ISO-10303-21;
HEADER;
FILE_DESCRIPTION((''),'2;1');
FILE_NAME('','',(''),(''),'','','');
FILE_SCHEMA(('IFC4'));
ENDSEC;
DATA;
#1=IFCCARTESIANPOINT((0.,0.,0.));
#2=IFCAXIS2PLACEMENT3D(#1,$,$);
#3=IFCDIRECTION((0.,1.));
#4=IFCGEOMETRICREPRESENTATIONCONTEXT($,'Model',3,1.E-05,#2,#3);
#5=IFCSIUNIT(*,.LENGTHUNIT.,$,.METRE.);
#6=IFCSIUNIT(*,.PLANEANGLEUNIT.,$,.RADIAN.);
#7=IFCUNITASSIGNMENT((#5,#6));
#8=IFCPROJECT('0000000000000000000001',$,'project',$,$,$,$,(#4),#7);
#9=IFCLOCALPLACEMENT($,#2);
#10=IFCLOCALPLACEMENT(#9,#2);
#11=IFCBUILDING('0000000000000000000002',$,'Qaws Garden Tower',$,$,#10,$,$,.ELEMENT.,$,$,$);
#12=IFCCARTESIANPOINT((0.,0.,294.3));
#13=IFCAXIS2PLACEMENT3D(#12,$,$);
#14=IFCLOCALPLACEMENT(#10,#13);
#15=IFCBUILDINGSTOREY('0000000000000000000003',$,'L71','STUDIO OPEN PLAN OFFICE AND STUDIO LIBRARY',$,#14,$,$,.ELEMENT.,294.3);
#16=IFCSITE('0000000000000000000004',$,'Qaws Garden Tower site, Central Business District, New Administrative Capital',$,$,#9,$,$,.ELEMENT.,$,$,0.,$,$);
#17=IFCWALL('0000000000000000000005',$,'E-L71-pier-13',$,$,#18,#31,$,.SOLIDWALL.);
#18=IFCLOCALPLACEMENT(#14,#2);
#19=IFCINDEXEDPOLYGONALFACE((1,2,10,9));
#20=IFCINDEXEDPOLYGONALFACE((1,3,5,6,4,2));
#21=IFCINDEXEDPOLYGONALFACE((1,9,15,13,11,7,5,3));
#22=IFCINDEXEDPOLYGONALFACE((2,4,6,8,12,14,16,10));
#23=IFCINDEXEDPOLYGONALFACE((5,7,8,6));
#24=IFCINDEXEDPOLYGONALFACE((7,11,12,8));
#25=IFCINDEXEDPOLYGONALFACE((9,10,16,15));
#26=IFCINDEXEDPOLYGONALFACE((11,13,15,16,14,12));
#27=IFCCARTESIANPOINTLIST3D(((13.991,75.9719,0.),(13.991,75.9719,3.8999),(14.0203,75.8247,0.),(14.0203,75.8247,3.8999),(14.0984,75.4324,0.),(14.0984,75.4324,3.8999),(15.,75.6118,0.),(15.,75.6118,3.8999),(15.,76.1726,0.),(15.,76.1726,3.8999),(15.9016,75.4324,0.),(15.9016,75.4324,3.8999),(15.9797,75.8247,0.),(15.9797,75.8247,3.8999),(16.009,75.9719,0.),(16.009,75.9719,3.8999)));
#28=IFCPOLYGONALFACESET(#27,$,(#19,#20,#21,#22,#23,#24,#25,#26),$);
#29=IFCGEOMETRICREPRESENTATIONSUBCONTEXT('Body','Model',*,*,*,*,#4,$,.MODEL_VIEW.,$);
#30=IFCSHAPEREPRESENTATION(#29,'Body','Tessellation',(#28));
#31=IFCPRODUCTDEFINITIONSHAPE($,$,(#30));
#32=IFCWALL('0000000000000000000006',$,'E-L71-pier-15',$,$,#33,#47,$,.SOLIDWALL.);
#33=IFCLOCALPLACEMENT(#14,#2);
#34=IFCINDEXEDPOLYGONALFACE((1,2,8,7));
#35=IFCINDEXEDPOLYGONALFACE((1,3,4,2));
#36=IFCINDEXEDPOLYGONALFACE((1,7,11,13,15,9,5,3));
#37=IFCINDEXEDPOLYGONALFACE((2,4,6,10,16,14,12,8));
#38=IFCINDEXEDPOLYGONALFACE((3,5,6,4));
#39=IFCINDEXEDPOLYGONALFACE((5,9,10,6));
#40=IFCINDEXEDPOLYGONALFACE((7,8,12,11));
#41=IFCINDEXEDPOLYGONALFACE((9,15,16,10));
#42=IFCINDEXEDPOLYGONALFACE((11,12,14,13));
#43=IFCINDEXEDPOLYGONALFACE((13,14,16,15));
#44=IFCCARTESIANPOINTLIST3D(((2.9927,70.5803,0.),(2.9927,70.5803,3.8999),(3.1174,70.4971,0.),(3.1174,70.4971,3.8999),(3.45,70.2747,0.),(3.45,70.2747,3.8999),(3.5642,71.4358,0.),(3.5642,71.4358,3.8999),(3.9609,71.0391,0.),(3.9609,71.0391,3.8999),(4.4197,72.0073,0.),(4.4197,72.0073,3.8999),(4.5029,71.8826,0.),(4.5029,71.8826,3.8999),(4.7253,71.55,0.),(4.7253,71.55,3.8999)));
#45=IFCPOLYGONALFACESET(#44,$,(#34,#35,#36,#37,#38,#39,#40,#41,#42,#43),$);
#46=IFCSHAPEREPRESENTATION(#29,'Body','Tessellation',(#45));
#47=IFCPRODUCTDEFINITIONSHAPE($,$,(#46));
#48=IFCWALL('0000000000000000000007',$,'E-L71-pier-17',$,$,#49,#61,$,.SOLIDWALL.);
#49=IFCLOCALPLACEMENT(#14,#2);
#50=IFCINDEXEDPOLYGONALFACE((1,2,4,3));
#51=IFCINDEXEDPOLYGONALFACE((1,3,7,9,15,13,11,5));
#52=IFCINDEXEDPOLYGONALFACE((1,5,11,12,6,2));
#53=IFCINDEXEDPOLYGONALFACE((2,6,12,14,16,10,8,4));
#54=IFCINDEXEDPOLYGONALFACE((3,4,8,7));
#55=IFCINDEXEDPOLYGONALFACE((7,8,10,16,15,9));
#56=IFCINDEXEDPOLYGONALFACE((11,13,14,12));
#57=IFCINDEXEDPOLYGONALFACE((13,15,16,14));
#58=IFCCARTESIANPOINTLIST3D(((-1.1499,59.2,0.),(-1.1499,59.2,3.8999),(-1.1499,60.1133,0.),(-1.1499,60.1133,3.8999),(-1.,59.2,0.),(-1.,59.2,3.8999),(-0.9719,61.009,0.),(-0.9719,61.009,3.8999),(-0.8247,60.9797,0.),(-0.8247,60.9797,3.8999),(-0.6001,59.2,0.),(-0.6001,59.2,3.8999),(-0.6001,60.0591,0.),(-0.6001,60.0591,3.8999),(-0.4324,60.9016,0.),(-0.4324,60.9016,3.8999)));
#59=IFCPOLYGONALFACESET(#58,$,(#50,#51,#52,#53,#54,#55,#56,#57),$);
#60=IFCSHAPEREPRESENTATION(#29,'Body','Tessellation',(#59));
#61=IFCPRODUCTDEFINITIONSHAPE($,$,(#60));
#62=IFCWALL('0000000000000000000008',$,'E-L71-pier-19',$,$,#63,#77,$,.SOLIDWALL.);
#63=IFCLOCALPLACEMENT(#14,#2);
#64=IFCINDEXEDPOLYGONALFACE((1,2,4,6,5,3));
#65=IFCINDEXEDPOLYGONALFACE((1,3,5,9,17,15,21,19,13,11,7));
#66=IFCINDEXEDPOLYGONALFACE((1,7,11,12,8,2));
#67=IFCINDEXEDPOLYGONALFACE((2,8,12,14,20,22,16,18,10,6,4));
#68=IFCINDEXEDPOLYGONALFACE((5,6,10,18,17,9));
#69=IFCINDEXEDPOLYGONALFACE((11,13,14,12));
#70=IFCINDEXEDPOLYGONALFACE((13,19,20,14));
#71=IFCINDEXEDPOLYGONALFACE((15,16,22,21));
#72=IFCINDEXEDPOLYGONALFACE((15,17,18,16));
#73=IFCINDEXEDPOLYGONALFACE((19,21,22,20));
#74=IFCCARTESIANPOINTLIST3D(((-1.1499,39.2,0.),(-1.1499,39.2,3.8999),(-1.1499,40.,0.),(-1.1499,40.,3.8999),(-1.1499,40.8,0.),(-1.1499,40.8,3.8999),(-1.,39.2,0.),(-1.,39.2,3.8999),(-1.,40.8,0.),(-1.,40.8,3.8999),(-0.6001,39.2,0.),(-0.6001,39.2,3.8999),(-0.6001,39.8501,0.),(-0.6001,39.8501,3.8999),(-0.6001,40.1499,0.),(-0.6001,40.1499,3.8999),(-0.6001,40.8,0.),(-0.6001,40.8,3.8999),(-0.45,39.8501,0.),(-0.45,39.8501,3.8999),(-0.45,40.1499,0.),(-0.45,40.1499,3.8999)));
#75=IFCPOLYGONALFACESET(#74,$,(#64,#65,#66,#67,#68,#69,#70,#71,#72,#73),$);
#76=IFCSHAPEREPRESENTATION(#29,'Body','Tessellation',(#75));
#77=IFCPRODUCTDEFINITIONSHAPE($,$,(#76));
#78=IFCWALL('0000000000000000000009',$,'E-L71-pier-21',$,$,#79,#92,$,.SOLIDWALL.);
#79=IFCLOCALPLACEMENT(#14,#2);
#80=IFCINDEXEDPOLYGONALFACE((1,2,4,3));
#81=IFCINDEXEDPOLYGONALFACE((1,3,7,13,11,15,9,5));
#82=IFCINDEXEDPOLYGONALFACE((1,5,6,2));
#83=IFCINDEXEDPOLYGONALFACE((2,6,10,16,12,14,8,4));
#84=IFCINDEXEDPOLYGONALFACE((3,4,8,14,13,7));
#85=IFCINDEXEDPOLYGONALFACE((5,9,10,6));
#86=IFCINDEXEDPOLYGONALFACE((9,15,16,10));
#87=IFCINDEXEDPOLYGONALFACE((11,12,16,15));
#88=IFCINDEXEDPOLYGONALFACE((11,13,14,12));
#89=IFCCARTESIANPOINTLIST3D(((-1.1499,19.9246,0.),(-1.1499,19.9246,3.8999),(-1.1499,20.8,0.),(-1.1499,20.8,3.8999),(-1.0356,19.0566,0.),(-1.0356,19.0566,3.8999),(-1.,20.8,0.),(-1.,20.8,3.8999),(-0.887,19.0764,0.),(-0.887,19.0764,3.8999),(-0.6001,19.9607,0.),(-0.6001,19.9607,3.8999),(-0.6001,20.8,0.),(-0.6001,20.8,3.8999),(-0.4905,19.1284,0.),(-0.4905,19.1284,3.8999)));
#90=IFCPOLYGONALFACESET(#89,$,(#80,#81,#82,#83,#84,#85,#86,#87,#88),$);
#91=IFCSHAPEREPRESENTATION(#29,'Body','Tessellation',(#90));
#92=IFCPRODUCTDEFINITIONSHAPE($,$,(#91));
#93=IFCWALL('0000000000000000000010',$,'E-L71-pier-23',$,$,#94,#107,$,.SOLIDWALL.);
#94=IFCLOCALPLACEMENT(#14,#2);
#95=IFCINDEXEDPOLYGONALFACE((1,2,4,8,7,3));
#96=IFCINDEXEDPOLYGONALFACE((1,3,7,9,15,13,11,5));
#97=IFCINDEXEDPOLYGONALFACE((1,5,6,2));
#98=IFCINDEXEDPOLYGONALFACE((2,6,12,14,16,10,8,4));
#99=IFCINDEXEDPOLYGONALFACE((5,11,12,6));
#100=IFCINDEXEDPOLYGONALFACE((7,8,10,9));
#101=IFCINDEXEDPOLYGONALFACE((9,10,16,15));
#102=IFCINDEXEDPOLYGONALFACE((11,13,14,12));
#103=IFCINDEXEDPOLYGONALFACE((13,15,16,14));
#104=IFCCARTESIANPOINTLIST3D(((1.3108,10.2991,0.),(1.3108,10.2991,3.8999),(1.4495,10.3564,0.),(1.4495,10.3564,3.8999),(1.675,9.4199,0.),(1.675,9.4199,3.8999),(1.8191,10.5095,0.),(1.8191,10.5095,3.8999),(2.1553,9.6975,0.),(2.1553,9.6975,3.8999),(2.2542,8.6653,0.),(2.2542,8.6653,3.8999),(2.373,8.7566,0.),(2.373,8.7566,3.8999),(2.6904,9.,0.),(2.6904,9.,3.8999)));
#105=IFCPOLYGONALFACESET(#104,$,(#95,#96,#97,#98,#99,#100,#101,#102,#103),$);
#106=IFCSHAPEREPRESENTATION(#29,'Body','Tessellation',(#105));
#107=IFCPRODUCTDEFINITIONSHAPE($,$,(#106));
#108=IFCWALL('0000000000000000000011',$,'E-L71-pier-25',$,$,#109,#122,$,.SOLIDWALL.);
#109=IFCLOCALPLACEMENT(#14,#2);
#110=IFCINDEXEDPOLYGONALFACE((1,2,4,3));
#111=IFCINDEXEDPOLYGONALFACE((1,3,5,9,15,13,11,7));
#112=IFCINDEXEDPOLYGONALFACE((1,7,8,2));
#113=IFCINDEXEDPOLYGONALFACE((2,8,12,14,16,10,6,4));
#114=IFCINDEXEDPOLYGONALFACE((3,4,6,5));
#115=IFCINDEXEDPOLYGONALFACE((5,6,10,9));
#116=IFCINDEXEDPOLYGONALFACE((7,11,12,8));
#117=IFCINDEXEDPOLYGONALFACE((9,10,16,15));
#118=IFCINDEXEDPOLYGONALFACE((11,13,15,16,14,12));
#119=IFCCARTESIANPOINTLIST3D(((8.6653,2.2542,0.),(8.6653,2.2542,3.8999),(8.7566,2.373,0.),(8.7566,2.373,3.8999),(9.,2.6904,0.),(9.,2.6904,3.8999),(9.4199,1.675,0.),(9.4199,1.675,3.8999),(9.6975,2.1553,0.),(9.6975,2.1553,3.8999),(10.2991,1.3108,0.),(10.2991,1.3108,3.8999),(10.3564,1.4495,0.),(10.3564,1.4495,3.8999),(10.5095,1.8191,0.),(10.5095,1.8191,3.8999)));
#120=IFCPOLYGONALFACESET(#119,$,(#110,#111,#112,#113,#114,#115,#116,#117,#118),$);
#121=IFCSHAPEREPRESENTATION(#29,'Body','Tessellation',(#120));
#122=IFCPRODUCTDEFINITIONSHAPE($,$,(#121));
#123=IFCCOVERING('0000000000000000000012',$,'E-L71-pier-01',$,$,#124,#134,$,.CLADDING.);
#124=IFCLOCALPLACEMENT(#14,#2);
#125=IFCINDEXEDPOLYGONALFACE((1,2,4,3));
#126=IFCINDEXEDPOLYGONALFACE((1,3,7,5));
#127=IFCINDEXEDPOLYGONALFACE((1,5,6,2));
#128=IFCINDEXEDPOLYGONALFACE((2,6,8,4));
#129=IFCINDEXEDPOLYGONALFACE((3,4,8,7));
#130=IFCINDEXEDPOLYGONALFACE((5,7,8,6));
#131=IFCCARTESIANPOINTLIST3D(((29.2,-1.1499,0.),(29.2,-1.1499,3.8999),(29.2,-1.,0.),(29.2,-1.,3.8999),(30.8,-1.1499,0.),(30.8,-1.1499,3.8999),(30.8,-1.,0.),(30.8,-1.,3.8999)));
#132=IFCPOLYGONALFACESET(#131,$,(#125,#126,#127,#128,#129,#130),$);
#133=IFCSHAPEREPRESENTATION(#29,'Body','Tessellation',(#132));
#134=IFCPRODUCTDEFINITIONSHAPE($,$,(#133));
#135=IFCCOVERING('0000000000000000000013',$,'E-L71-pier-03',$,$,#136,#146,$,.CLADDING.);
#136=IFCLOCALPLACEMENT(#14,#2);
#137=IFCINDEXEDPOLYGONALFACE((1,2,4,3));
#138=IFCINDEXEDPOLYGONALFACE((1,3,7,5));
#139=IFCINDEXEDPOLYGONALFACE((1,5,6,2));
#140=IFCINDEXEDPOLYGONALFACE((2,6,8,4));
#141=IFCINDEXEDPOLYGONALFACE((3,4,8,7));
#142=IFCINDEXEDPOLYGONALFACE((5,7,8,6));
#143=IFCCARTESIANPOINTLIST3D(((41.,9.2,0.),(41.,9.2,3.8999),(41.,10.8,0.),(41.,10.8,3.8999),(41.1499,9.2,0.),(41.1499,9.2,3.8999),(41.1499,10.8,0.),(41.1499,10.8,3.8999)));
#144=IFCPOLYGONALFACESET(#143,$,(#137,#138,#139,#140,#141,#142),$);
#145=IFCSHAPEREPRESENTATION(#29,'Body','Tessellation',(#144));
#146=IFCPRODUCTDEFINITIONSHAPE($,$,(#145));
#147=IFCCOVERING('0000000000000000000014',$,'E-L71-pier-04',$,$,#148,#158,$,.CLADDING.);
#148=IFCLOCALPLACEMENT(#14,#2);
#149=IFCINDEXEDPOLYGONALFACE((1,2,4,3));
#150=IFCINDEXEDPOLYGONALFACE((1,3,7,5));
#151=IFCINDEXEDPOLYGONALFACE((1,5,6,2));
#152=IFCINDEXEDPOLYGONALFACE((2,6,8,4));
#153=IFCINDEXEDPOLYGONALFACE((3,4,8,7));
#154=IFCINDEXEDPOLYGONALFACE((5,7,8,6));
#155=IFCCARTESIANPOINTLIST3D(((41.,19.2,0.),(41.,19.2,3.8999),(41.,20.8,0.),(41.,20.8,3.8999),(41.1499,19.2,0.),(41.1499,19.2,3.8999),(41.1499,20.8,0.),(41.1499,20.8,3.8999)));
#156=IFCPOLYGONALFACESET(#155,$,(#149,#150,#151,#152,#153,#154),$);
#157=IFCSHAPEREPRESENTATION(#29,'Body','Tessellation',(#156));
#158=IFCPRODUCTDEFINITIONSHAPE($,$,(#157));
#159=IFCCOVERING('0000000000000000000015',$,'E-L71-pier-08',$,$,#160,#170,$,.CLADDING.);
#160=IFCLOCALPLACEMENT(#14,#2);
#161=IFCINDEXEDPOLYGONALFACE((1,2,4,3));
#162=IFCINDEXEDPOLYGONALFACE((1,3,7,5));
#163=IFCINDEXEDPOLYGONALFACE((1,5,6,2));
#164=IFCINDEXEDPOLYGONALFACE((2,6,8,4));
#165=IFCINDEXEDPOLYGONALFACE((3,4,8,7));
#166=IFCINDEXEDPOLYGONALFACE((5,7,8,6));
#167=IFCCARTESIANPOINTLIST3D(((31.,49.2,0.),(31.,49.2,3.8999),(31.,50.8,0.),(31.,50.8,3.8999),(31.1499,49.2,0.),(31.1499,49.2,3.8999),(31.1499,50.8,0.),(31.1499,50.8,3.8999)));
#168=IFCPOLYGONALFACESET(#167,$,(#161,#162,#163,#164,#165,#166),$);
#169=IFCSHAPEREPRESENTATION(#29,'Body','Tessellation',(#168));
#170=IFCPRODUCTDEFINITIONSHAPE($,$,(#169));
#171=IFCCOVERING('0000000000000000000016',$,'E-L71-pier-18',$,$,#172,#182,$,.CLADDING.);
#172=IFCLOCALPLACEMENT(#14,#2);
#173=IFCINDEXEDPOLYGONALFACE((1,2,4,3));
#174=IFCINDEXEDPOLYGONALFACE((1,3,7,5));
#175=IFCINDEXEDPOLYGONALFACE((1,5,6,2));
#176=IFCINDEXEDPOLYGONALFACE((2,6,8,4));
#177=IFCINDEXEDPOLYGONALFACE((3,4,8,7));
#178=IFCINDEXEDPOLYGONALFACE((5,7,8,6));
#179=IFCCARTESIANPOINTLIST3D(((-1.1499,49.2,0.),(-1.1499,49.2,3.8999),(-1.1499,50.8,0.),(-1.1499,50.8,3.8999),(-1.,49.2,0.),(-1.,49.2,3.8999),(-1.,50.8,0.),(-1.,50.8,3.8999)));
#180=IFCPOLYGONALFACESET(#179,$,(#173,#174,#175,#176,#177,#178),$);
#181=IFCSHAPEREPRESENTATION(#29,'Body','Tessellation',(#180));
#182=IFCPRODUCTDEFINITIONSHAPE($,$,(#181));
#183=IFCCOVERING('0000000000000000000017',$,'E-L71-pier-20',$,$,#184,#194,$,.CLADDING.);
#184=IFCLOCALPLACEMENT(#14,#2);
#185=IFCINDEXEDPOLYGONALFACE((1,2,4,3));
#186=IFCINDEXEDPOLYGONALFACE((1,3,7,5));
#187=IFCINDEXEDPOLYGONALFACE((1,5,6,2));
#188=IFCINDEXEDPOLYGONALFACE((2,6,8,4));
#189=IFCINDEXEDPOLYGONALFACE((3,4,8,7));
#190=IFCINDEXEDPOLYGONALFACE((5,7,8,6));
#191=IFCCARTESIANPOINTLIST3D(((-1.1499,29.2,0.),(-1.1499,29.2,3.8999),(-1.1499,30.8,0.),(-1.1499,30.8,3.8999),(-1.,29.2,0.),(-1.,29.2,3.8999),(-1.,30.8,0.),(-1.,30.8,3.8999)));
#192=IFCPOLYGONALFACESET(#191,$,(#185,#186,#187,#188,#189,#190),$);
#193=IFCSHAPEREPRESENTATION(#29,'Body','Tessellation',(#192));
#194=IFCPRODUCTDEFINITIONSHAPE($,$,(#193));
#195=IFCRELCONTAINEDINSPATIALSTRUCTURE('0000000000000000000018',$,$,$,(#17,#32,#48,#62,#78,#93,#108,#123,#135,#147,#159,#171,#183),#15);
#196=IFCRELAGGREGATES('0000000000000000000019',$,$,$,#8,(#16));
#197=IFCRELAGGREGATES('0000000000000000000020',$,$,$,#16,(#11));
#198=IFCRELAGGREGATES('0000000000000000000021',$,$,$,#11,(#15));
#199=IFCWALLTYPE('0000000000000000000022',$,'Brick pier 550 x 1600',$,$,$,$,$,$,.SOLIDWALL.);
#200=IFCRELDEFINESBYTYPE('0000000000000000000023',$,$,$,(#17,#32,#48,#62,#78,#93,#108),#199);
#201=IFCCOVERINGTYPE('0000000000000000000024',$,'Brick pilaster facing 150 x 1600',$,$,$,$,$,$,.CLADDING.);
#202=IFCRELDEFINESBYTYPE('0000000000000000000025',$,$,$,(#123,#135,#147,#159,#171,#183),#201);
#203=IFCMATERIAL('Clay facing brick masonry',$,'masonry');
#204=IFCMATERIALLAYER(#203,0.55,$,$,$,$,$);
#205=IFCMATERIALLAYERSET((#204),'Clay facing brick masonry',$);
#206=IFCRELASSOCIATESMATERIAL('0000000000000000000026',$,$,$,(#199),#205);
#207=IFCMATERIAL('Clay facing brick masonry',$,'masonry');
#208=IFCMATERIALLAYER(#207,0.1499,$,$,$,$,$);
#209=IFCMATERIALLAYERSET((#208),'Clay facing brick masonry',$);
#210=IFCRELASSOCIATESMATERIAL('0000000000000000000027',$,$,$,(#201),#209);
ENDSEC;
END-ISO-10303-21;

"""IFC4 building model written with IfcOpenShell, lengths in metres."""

from ifc_helpers import new_model, si_unit, direction, frame, origin, place, context, subcontext, project, spatial, polyline, outline, extrude, material, layer, layer_set, type_object, element, save


model = new_model("IFC4")

# Units and contexts
model_context = context("Model", 3, precision=1e-05, world=origin(), true_north=direction((0.0, 1.0)))
body_context = subcontext(model_context, "Body", "Model", "MODEL_VIEW")
ifc_project = project(units=[si_unit("LENGTHUNIT", "METRE"), si_unit("PLANEANGLEUNIT", "RADIAN")], contexts=[model_context])

# Site, building, storey
site_placement = place(None, origin())
site = spatial("IfcSite", under=ifc_project, at=site_placement, Name="Qaws Garden Tower site, Central Business District, New Administrative Capital", CompositionType="ELEMENT", RefElevation=0.0)
building_placement = place(site_placement, origin())
building = spatial("IfcBuilding", under=site, at=building_placement, Name="Qaws Garden Tower", CompositionType="ELEMENT")
storey_placement = place(building_placement, frame((0.0, 0.0, 294.3)))
storey = spatial("IfcBuildingStorey", under=building, at=storey_placement, Name="L71", Description="STUDIO OPEN PLAN OFFICE AND STUDIO LIBRARY", CompositionType="ELEMENT", Elevation=294.3)

# Walls
placement = place(storey_placement, origin())
ifc_material_1 = material(Name="Clay facing brick masonry", Category="masonry")
ifc_layer_1 = layer(ifc_material_1, 0.55)
ifc_layer_set_1 = layer_set([ifc_layer_1], Name="Clay facing brick masonry")
wall_type_1 = type_object("IfcWallType", Name="Brick pier 550 x 1600", PredefinedType="SOLIDWALL", material=ifc_layer_set_1)
element("IfcWall", 1, at=placement, inside=storey, type_object=wall_type_1, Name="E-L71-pier-13", PredefinedType="SOLIDWALL", context=body_context, shape_type="SweptSolid", body=[
    extrude(outline(polyline([(15.9797, 75.8247), (16.009, 75.9719), (15.0, 76.1726), (13.991, 75.9719), (14.0203, 75.8247), (14.0984, 75.4324), (15.0, 75.6118), (15.9016, 75.4324), (15.9797, 75.8247)])), origin(), (0.0, 0.0, 1.0), 3.8999),
])
element("IfcWall", 2, at=placement, inside=storey, type_object=wall_type_1, Name="E-L71-pier-15", PredefinedType="SOLIDWALL", context=body_context, shape_type="SweptSolid", body=[
    extrude(outline(polyline([(4.5029, 71.8826), (4.4197, 72.0073), (3.5642, 71.4358), (2.9927, 70.5803), (3.1174, 70.4971), (3.45, 70.2747), (3.9609, 71.0391), (4.7253, 71.55), (4.5029, 71.8826)])), origin(), (0.0, 0.0, 1.0), 3.8999),
])
element("IfcWall", 3, at=placement, inside=storey, type_object=wall_type_1, Name="E-L71-pier-17", PredefinedType="SOLIDWALL", context=body_context, shape_type="SweptSolid", body=[
    extrude(outline(polyline([(-0.8247, 60.9797), (-0.9719, 61.009), (-1.1499, 60.1133), (-1.1499, 59.2), (-1.0, 59.2), (-0.6001, 59.2), (-0.6001, 60.0591), (-0.4324, 60.9016), (-0.8247, 60.9797)])), origin(), (0.0, 0.0, 1.0), 3.8999),
])
element("IfcWall", 4, at=placement, inside=storey, type_object=wall_type_1, Name="E-L71-pier-19", PredefinedType="SOLIDWALL", context=body_context, shape_type="SweptSolid", body=[
    extrude(outline(polyline([(-0.6001, 39.2), (-0.6001, 39.8501), (-0.45, 39.8501), (-0.45, 40.1499), (-0.6001, 40.1499), (-0.6001, 40.8), (-1.0, 40.8), (-1.1499, 40.8), (-1.1499, 40.0), (-1.1499, 39.2), (-1.0, 39.2), (-0.6001, 39.2)])), origin(), (0.0, 0.0, 1.0), 3.8999),
])
element("IfcWall", 5, at=placement, inside=storey, type_object=wall_type_1, Name="E-L71-pier-21", PredefinedType="SOLIDWALL", context=body_context, shape_type="SweptSolid", body=[
    extrude(outline(polyline([(-1.0, 20.8), (-1.1499, 20.8), (-1.1499, 19.9246), (-1.0356, 19.0566), (-0.887, 19.0764), (-0.4905, 19.1284), (-0.6001, 19.9607), (-0.6001, 20.8), (-1.0, 20.8)])), origin(), (0.0, 0.0, 1.0), 3.8999),
])
element("IfcWall", 6, at=placement, inside=storey, type_object=wall_type_1, Name="E-L71-pier-23", PredefinedType="SOLIDWALL", context=body_context, shape_type="SweptSolid", body=[
    extrude(outline(polyline([(1.4495, 10.3564), (1.3108, 10.2991), (1.675, 9.4199), (2.2542, 8.6653), (2.373, 8.7566), (2.6904, 9.0), (2.1553, 9.6975), (1.8191, 10.5095), (1.4495, 10.3564)])), origin(), (0.0, 0.0, 1.0), 3.8999),
])
element("IfcWall", 7, at=placement, inside=storey, type_object=wall_type_1, Name="E-L71-pier-25", PredefinedType="SOLIDWALL", context=body_context, shape_type="SweptSolid", body=[
    extrude(outline(polyline([(8.7566, 2.373), (8.6653, 2.2542), (9.4199, 1.675), (10.2991, 1.3108), (10.3564, 1.4495), (10.5095, 1.8191), (9.6975, 2.1553), (9.0, 2.6904), (8.7566, 2.373)])), origin(), (0.0, 0.0, 1.0), 3.8999),
])

# Coverings
ifc_material_2 = material(Name="Clay facing brick masonry", Category="masonry")
ifc_layer_2 = layer(ifc_material_2, 0.1499)
ifc_layer_set_2 = layer_set([ifc_layer_2], Name="Clay facing brick masonry")
covering_type = type_object("IfcCoveringType", Name="Brick pilaster facing 150 x 1600", PredefinedType="CLADDING", material=ifc_layer_set_2)
element("IfcCovering", 8, at=placement, inside=storey, type_object=covering_type, Name="E-L71-pier-01", PredefinedType="CLADDING", context=body_context, shape_type="SweptSolid", body=[
    extrude(outline(polyline([(29.2, -1.0), (30.8, -1.0), (30.8, -1.1499), (29.2, -1.1499), (29.2, -1.0)])), origin(), (0.0, 0.0, 1.0), 3.8999),
])
element("IfcCovering", 9, at=placement, inside=storey, type_object=covering_type, Name="E-L71-pier-03", PredefinedType="CLADDING", context=body_context, shape_type="SweptSolid", body=[
    extrude(outline(polyline([(41.0, 9.2), (41.0, 10.8), (41.1499, 10.8), (41.1499, 9.2), (41.0, 9.2)])), origin(), (0.0, 0.0, 1.0), 3.8999),
])
element("IfcCovering", 10, at=placement, inside=storey, type_object=covering_type, Name="E-L71-pier-04", PredefinedType="CLADDING", context=body_context, shape_type="SweptSolid", body=[
    extrude(outline(polyline([(41.0, 19.2), (41.0, 20.8), (41.1499, 20.8), (41.1499, 19.2), (41.0, 19.2)])), origin(), (0.0, 0.0, 1.0), 3.8999),
])
element("IfcCovering", 11, at=placement, inside=storey, type_object=covering_type, Name="E-L71-pier-08", PredefinedType="CLADDING", context=body_context, shape_type="SweptSolid", body=[
    extrude(outline(polyline([(31.0, 49.2), (31.0, 50.8), (31.1499, 50.8), (31.1499, 49.2), (31.0, 49.2)])), origin(), (0.0, 0.0, 1.0), 3.8999),
])
element("IfcCovering", 12, at=placement, inside=storey, type_object=covering_type, Name="E-L71-pier-18", PredefinedType="CLADDING", context=body_context, shape_type="SweptSolid", body=[
    extrude(outline(polyline([(-1.0, 50.8), (-1.0, 49.2), (-1.1499, 49.2), (-1.1499, 50.8), (-1.0, 50.8)])), origin(), (0.0, 0.0, 1.0), 3.8999),
])
element("IfcCovering", 13, at=placement, inside=storey, type_object=covering_type, Name="E-L71-pier-20", PredefinedType="CLADDING", context=body_context, shape_type="SweptSolid", body=[
    extrude(outline(polyline([(-1.0, 30.8), (-1.0, 29.2), (-1.1499, 29.2), (-1.1499, 30.8), (-1.0, 30.8)])), origin(), (0.0, 0.0, 1.0), 3.8999),
])

save(model, "model.ifc")
